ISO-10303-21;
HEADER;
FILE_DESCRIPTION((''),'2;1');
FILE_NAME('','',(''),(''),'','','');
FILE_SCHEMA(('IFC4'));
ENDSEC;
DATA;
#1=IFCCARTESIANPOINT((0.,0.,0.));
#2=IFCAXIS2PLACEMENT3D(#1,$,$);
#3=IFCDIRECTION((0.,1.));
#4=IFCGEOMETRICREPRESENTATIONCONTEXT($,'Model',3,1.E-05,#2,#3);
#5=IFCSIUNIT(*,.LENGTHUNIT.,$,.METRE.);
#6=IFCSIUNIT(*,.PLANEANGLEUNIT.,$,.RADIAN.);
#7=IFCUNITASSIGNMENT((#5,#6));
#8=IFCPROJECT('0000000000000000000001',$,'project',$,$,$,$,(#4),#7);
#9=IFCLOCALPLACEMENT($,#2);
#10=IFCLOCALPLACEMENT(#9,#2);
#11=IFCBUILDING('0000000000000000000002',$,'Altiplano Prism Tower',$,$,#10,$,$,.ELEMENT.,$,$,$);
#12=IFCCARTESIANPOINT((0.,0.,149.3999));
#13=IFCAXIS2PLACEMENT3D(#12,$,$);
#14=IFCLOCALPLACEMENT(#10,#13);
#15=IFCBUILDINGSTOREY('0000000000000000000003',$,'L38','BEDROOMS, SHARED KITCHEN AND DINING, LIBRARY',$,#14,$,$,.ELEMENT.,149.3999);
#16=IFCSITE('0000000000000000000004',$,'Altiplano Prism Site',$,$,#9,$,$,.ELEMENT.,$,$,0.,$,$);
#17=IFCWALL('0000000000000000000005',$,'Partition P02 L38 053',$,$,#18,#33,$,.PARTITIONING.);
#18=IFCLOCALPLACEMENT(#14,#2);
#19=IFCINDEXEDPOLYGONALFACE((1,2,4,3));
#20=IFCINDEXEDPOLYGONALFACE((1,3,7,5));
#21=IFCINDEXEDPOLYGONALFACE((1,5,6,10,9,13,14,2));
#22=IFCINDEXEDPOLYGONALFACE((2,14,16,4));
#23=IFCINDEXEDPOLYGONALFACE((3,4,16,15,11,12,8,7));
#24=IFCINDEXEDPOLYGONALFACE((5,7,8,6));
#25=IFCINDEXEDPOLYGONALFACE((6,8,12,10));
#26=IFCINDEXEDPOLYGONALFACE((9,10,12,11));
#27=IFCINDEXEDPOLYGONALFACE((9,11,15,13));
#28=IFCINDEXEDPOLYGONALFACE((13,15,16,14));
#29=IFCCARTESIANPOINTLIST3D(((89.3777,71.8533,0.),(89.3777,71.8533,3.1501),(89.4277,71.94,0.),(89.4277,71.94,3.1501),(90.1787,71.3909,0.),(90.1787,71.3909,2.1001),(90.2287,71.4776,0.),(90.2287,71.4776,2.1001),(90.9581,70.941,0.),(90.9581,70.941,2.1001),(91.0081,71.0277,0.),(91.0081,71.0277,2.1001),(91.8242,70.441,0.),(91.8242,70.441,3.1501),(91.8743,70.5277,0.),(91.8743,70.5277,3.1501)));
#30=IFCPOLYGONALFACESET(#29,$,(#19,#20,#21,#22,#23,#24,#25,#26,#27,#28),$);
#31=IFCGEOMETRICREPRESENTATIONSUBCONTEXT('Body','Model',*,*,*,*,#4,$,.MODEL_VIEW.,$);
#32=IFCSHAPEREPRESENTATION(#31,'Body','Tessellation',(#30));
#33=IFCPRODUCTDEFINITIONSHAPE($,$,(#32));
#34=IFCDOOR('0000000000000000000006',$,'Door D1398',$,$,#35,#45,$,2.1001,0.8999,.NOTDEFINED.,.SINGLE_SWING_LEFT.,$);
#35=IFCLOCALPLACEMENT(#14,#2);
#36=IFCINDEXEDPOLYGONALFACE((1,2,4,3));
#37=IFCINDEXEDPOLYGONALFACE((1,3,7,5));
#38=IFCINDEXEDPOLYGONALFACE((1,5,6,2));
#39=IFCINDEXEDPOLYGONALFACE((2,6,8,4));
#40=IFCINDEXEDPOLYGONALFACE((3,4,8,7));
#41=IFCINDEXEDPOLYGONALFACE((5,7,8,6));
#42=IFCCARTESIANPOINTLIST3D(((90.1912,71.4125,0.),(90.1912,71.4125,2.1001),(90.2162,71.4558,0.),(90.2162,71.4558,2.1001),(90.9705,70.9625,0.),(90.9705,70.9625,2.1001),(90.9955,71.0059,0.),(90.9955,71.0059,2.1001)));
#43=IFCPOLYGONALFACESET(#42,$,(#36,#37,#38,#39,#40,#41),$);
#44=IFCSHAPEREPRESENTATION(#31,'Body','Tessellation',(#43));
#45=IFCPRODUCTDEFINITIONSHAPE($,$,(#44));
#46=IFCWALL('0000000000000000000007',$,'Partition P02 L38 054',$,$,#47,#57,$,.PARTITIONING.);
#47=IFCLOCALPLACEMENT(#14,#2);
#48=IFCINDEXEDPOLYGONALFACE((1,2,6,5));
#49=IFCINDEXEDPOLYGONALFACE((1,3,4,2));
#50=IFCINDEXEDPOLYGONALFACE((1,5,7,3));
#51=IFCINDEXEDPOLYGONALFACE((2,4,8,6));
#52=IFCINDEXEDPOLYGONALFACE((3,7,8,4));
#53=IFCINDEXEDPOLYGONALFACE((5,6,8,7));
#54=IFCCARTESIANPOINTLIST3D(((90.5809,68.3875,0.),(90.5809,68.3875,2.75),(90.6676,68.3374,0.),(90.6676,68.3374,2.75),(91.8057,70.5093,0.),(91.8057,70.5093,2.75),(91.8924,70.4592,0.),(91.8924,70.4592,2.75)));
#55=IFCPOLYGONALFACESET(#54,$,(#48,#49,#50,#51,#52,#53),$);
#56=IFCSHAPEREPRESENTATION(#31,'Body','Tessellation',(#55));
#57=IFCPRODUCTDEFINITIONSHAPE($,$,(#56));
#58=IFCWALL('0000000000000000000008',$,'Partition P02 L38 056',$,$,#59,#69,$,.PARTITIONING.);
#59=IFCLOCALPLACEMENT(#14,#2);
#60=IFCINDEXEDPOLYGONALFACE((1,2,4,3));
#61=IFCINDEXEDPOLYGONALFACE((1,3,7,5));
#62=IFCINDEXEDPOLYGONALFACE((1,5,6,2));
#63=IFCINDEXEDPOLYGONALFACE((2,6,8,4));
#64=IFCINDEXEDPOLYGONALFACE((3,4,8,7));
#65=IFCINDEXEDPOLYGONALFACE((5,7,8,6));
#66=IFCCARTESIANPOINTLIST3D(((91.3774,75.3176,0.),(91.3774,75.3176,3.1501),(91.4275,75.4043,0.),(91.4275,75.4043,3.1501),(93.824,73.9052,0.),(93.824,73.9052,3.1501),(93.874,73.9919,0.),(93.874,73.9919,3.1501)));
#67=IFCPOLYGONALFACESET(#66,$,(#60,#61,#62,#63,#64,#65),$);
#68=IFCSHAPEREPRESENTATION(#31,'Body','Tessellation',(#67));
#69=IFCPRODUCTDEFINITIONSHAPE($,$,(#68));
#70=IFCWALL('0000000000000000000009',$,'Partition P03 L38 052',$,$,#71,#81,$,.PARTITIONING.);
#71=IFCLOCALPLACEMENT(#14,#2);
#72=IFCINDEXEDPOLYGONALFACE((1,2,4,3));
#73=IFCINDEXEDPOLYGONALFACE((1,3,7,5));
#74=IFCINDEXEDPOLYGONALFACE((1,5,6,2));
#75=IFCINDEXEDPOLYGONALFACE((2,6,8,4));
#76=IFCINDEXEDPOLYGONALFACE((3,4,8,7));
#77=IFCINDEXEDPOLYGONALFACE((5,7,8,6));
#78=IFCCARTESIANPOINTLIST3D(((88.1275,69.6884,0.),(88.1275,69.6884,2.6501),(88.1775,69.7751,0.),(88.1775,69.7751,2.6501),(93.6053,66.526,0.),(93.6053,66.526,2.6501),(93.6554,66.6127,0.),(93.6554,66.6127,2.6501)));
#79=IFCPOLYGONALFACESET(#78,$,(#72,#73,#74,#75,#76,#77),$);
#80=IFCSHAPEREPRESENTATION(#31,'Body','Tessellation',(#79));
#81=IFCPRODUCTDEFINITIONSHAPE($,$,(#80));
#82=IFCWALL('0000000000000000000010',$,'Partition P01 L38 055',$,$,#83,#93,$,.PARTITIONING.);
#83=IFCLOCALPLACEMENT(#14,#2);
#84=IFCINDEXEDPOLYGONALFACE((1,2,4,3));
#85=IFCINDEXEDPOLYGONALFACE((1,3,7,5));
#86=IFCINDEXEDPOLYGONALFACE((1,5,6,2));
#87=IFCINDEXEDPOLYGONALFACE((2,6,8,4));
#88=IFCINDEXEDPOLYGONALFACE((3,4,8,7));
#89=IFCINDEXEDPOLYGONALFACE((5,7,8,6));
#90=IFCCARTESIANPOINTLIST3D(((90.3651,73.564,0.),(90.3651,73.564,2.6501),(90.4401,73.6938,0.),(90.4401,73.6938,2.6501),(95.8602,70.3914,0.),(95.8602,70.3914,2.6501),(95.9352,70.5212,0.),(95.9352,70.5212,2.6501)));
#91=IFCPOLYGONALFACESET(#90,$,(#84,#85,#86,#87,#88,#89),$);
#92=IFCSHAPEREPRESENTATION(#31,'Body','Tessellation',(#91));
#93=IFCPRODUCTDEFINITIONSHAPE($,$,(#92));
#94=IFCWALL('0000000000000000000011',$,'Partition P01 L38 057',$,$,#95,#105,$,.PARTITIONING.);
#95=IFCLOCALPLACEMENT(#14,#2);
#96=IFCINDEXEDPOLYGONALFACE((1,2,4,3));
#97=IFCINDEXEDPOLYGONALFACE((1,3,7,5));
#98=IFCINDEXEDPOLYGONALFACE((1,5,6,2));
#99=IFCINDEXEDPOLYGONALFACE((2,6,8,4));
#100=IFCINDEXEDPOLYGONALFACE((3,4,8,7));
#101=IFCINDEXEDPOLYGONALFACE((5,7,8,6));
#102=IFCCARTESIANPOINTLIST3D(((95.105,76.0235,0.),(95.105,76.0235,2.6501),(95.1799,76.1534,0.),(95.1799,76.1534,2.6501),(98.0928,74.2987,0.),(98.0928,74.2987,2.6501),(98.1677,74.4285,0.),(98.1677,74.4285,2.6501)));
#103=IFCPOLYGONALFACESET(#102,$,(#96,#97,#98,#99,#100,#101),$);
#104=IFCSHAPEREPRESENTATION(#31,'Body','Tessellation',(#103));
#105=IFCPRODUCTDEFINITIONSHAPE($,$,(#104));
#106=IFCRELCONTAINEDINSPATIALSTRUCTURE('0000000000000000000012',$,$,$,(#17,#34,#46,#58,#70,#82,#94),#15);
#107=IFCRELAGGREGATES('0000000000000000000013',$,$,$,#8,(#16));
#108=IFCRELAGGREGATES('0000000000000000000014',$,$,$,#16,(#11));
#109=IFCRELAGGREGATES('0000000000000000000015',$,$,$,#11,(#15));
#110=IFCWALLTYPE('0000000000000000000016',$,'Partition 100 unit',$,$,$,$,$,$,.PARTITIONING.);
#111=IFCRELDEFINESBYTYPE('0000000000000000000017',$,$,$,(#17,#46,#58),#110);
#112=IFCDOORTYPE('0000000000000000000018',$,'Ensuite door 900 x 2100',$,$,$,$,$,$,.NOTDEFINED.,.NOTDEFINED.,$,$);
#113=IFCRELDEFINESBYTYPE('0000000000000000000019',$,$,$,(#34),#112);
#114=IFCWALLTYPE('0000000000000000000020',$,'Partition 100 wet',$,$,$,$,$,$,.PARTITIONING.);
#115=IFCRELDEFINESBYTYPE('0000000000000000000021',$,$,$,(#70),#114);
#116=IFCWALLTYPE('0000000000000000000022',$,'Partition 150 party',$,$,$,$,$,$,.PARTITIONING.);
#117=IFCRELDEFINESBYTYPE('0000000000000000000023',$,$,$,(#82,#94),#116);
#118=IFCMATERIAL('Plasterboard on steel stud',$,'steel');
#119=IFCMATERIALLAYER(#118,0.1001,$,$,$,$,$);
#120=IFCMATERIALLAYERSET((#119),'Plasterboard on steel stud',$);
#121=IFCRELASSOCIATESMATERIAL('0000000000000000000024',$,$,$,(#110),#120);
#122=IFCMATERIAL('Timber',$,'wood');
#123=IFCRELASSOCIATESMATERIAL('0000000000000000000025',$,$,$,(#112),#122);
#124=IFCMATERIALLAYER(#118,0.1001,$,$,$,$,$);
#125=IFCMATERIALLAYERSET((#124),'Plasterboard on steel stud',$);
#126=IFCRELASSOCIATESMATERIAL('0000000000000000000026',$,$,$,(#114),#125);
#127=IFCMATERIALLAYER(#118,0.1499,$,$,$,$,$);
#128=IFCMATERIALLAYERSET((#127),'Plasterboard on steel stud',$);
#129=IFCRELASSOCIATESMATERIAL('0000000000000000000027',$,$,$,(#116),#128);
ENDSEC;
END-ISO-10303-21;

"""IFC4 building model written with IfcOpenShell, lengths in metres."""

from ifc_helpers import new_model, si_unit, direction, frame, frame_2d, origin, place, context, subcontext, project, spatial, rectangle, extrude, material, layer, layer_set, type_object, element, fill, save


model = new_model("IFC4")

# Units and contexts
model_context = context("Model", 3, precision=1e-05, world=origin(), true_north=direction((0.0, 1.0)))
body_context = subcontext(model_context, "Body", "Model", "MODEL_VIEW")
ifc_project = project(units=[si_unit("LENGTHUNIT", "METRE"), si_unit("PLANEANGLEUNIT", "RADIAN")], contexts=[model_context])

# Site, building, storey
site_placement = place(None, origin())
site = spatial("IfcSite", under=ifc_project, at=site_placement, Name="Altiplano Prism Site", CompositionType="ELEMENT", RefElevation=0.0)
building_placement = place(site_placement, origin())
building = spatial("IfcBuilding", under=site, at=building_placement, Name="Altiplano Prism Tower", CompositionType="ELEMENT")
storey_placement = place(building_placement, frame((0.0, 0.0, 149.3999)))
storey = spatial("IfcBuildingStorey", under=building, at=storey_placement, Name="L38", Description="BEDROOMS, SHARED KITCHEN AND DINING, LIBRARY", CompositionType="ELEMENT", Elevation=149.3999)

# Wall, opening, door
ifc_material_1 = material(Name="Plasterboard on steel stud", Category="steel")
ifc_layer_1 = layer(ifc_material_1, 0.1001)
ifc_layer_set_1 = layer_set([ifc_layer_1], Name="Plasterboard on steel stud")
wall_type_1 = type_object("IfcWallType", Name="Partition 100 unit", PredefinedType="PARTITIONING", material=ifc_layer_set_1)
wall_1_placement = place(storey_placement, frame((89.4026, 71.8967, 0.0), z_axis=(0.0, 0.0, 1.0), x_axis=(0.866049, -0.499959, 0.0)))
wall_1 = element("IfcWall", 1, at=wall_1_placement, inside=storey, type_object=wall_type_1, Name="Partition P02 L38 053", PredefinedType="PARTITIONING", context=body_context, shape_type="SweptSolid", body=[
    extrude(rectangle(XDim=2.825, YDim=0.1001, at=frame_2d((1.4126, 0.0))), origin(), (0.0, 0.0, 1.0), 3.1501),
])
opening_placement = place(wall_1_placement, frame((0.925, 0.0, 0.0)))
opening = element("IfcOpeningElement", 2, at=opening_placement, cuts=wall_1, PredefinedType="OPENING", context=body_context, shape_type="SweptSolid", body=[
    extrude(rectangle(XDim=0.8999, YDim=2.1001, at=frame_2d((0.45, 1.05))), frame((0.0, 0.0605, 0.0), z_axis=(0.0, -1.0, 0.0), x_axis=(1.0, 0.0, 0.0)), (0.0, 0.0, 1.0), 0.1211),
])
ifc_material_2 = material(Name="Timber", Category="wood")
door_type = type_object("IfcDoorType", Name="Ensuite door 900 x 2100", OperationType="NOTDEFINED", PredefinedType="NOTDEFINED", material=ifc_material_2)
door_placement = place(opening_placement, origin())
door = element("IfcDoor", 3, at=door_placement, inside=storey, type_object=door_type, Name="Door D1398", OperationType="SINGLE_SWING_LEFT", OverallHeight=2.1001, OverallWidth=0.8999, PredefinedType="NOTDEFINED", context=body_context, shape_type="SweptSolid", body=[
    extrude(rectangle(XDim=0.8999, YDim=2.1001, at=frame_2d((0.45, 1.05))), frame((0.0, 0.0249, 0.0), z_axis=(0.0, -1.0, 0.0), x_axis=(1.0, 0.0, 0.0)), (0.0, 0.0, 1.0), 0.05),
])
fill(opening, door)

# Walls
wall_2_placement = place(storey_placement, frame((91.8491, 70.4844, 0.0), z_axis=(0.0, 0.0, 1.0), x_axis=(-0.499944, -0.866058, 0.0)))
element("IfcWall", 4, at=wall_2_placement, inside=storey, type_object=wall_type_1, Name="Partition P02 L38 054", PredefinedType="PARTITIONING", context=body_context, shape_type="SweptSolid", body=[
    extrude(rectangle(XDim=2.45, YDim=0.1001, at=frame_2d((1.2251, 0.0))), origin(), (0.0, 0.0, 1.0), 2.75),
])
wall_3_placement = place(storey_placement, frame((93.8491, 73.9485, 0.0), z_axis=(0.0, 0.0, 1.0), x_axis=(-0.866049, 0.499959, 0.0)))
element("IfcWall", 5, at=wall_3_placement, inside=storey, type_object=wall_type_1, Name="Partition P02 L38 056", PredefinedType="PARTITIONING", context=body_context, shape_type="SweptSolid", body=[
    extrude(rectangle(XDim=2.825, YDim=0.1001, at=frame_2d((1.4126, 0.0))), origin(), (0.0, 0.0, 1.0), 3.1501),
])
ifc_layer_2 = layer(ifc_material_1, 0.1001)
ifc_layer_set_2 = layer_set([ifc_layer_2], Name="Plasterboard on steel stud")
wall_type_2 = type_object("IfcWallType", Name="Partition 100 wet", PredefinedType="PARTITIONING", material=ifc_layer_set_2)
wall_4_placement = place(storey_placement, frame((93.6304, 66.5693, 0.0), z_axis=(0.0, 0.0, 1.0), x_axis=(-0.866042, 0.499971, 0.0)))
element("IfcWall", 6, at=wall_4_placement, inside=storey, type_object=wall_type_2, Name="Partition P03 L38 052", PredefinedType="PARTITIONING", context=body_context, shape_type="SweptSolid", body=[
    extrude(rectangle(XDim=6.3252, YDim=0.1001, at=frame_2d((3.1626, 0.0))), origin(), (0.0, 0.0, 1.0), 2.6501),
])
ifc_layer_3 = layer(ifc_material_1, 0.1499)
ifc_layer_set_3 = layer_set([ifc_layer_3], Name="Plasterboard on steel stud")
wall_type_3 = type_object("IfcWallType", Name="Partition 150 party", PredefinedType="PARTITIONING", material=ifc_layer_set_3)
wall_5_placement = place(storey_placement, frame((95.8977, 70.4563, 0.0), z_axis=(0.0, 0.0, 1.0), x_axis=(-0.866025, 0.5, 0.0)))
element("IfcWall", 7, at=wall_5_placement, inside=storey, type_object=wall_type_3, Name="Partition P01 L38 055", PredefinedType="PARTITIONING", context=body_context, shape_type="SweptSolid", body=[
    extrude(rectangle(XDim=6.3452, YDim=0.1499, at=frame_2d((3.1726, 0.0))), origin(), (0.0, 0.0, 1.0), 2.6501),
])
wall_6_placement = place(storey_placement, frame((98.1304, 74.3635, 0.0), z_axis=(0.0, 0.0, 1.0), x_axis=(-0.866044, 0.499967, 0.0)))
element("IfcWall", 8, at=wall_6_placement, inside=storey, type_object=wall_type_3, Name="Partition P01 L38 057", PredefinedType="PARTITIONING", context=body_context, shape_type="SweptSolid", body=[
    extrude(rectangle(XDim=3.45, YDim=0.1499, at=frame_2d((1.7251, 0.0))), origin(), (0.0, 0.0, 1.0), 2.6501),
])

save(model, "model.ifc")
